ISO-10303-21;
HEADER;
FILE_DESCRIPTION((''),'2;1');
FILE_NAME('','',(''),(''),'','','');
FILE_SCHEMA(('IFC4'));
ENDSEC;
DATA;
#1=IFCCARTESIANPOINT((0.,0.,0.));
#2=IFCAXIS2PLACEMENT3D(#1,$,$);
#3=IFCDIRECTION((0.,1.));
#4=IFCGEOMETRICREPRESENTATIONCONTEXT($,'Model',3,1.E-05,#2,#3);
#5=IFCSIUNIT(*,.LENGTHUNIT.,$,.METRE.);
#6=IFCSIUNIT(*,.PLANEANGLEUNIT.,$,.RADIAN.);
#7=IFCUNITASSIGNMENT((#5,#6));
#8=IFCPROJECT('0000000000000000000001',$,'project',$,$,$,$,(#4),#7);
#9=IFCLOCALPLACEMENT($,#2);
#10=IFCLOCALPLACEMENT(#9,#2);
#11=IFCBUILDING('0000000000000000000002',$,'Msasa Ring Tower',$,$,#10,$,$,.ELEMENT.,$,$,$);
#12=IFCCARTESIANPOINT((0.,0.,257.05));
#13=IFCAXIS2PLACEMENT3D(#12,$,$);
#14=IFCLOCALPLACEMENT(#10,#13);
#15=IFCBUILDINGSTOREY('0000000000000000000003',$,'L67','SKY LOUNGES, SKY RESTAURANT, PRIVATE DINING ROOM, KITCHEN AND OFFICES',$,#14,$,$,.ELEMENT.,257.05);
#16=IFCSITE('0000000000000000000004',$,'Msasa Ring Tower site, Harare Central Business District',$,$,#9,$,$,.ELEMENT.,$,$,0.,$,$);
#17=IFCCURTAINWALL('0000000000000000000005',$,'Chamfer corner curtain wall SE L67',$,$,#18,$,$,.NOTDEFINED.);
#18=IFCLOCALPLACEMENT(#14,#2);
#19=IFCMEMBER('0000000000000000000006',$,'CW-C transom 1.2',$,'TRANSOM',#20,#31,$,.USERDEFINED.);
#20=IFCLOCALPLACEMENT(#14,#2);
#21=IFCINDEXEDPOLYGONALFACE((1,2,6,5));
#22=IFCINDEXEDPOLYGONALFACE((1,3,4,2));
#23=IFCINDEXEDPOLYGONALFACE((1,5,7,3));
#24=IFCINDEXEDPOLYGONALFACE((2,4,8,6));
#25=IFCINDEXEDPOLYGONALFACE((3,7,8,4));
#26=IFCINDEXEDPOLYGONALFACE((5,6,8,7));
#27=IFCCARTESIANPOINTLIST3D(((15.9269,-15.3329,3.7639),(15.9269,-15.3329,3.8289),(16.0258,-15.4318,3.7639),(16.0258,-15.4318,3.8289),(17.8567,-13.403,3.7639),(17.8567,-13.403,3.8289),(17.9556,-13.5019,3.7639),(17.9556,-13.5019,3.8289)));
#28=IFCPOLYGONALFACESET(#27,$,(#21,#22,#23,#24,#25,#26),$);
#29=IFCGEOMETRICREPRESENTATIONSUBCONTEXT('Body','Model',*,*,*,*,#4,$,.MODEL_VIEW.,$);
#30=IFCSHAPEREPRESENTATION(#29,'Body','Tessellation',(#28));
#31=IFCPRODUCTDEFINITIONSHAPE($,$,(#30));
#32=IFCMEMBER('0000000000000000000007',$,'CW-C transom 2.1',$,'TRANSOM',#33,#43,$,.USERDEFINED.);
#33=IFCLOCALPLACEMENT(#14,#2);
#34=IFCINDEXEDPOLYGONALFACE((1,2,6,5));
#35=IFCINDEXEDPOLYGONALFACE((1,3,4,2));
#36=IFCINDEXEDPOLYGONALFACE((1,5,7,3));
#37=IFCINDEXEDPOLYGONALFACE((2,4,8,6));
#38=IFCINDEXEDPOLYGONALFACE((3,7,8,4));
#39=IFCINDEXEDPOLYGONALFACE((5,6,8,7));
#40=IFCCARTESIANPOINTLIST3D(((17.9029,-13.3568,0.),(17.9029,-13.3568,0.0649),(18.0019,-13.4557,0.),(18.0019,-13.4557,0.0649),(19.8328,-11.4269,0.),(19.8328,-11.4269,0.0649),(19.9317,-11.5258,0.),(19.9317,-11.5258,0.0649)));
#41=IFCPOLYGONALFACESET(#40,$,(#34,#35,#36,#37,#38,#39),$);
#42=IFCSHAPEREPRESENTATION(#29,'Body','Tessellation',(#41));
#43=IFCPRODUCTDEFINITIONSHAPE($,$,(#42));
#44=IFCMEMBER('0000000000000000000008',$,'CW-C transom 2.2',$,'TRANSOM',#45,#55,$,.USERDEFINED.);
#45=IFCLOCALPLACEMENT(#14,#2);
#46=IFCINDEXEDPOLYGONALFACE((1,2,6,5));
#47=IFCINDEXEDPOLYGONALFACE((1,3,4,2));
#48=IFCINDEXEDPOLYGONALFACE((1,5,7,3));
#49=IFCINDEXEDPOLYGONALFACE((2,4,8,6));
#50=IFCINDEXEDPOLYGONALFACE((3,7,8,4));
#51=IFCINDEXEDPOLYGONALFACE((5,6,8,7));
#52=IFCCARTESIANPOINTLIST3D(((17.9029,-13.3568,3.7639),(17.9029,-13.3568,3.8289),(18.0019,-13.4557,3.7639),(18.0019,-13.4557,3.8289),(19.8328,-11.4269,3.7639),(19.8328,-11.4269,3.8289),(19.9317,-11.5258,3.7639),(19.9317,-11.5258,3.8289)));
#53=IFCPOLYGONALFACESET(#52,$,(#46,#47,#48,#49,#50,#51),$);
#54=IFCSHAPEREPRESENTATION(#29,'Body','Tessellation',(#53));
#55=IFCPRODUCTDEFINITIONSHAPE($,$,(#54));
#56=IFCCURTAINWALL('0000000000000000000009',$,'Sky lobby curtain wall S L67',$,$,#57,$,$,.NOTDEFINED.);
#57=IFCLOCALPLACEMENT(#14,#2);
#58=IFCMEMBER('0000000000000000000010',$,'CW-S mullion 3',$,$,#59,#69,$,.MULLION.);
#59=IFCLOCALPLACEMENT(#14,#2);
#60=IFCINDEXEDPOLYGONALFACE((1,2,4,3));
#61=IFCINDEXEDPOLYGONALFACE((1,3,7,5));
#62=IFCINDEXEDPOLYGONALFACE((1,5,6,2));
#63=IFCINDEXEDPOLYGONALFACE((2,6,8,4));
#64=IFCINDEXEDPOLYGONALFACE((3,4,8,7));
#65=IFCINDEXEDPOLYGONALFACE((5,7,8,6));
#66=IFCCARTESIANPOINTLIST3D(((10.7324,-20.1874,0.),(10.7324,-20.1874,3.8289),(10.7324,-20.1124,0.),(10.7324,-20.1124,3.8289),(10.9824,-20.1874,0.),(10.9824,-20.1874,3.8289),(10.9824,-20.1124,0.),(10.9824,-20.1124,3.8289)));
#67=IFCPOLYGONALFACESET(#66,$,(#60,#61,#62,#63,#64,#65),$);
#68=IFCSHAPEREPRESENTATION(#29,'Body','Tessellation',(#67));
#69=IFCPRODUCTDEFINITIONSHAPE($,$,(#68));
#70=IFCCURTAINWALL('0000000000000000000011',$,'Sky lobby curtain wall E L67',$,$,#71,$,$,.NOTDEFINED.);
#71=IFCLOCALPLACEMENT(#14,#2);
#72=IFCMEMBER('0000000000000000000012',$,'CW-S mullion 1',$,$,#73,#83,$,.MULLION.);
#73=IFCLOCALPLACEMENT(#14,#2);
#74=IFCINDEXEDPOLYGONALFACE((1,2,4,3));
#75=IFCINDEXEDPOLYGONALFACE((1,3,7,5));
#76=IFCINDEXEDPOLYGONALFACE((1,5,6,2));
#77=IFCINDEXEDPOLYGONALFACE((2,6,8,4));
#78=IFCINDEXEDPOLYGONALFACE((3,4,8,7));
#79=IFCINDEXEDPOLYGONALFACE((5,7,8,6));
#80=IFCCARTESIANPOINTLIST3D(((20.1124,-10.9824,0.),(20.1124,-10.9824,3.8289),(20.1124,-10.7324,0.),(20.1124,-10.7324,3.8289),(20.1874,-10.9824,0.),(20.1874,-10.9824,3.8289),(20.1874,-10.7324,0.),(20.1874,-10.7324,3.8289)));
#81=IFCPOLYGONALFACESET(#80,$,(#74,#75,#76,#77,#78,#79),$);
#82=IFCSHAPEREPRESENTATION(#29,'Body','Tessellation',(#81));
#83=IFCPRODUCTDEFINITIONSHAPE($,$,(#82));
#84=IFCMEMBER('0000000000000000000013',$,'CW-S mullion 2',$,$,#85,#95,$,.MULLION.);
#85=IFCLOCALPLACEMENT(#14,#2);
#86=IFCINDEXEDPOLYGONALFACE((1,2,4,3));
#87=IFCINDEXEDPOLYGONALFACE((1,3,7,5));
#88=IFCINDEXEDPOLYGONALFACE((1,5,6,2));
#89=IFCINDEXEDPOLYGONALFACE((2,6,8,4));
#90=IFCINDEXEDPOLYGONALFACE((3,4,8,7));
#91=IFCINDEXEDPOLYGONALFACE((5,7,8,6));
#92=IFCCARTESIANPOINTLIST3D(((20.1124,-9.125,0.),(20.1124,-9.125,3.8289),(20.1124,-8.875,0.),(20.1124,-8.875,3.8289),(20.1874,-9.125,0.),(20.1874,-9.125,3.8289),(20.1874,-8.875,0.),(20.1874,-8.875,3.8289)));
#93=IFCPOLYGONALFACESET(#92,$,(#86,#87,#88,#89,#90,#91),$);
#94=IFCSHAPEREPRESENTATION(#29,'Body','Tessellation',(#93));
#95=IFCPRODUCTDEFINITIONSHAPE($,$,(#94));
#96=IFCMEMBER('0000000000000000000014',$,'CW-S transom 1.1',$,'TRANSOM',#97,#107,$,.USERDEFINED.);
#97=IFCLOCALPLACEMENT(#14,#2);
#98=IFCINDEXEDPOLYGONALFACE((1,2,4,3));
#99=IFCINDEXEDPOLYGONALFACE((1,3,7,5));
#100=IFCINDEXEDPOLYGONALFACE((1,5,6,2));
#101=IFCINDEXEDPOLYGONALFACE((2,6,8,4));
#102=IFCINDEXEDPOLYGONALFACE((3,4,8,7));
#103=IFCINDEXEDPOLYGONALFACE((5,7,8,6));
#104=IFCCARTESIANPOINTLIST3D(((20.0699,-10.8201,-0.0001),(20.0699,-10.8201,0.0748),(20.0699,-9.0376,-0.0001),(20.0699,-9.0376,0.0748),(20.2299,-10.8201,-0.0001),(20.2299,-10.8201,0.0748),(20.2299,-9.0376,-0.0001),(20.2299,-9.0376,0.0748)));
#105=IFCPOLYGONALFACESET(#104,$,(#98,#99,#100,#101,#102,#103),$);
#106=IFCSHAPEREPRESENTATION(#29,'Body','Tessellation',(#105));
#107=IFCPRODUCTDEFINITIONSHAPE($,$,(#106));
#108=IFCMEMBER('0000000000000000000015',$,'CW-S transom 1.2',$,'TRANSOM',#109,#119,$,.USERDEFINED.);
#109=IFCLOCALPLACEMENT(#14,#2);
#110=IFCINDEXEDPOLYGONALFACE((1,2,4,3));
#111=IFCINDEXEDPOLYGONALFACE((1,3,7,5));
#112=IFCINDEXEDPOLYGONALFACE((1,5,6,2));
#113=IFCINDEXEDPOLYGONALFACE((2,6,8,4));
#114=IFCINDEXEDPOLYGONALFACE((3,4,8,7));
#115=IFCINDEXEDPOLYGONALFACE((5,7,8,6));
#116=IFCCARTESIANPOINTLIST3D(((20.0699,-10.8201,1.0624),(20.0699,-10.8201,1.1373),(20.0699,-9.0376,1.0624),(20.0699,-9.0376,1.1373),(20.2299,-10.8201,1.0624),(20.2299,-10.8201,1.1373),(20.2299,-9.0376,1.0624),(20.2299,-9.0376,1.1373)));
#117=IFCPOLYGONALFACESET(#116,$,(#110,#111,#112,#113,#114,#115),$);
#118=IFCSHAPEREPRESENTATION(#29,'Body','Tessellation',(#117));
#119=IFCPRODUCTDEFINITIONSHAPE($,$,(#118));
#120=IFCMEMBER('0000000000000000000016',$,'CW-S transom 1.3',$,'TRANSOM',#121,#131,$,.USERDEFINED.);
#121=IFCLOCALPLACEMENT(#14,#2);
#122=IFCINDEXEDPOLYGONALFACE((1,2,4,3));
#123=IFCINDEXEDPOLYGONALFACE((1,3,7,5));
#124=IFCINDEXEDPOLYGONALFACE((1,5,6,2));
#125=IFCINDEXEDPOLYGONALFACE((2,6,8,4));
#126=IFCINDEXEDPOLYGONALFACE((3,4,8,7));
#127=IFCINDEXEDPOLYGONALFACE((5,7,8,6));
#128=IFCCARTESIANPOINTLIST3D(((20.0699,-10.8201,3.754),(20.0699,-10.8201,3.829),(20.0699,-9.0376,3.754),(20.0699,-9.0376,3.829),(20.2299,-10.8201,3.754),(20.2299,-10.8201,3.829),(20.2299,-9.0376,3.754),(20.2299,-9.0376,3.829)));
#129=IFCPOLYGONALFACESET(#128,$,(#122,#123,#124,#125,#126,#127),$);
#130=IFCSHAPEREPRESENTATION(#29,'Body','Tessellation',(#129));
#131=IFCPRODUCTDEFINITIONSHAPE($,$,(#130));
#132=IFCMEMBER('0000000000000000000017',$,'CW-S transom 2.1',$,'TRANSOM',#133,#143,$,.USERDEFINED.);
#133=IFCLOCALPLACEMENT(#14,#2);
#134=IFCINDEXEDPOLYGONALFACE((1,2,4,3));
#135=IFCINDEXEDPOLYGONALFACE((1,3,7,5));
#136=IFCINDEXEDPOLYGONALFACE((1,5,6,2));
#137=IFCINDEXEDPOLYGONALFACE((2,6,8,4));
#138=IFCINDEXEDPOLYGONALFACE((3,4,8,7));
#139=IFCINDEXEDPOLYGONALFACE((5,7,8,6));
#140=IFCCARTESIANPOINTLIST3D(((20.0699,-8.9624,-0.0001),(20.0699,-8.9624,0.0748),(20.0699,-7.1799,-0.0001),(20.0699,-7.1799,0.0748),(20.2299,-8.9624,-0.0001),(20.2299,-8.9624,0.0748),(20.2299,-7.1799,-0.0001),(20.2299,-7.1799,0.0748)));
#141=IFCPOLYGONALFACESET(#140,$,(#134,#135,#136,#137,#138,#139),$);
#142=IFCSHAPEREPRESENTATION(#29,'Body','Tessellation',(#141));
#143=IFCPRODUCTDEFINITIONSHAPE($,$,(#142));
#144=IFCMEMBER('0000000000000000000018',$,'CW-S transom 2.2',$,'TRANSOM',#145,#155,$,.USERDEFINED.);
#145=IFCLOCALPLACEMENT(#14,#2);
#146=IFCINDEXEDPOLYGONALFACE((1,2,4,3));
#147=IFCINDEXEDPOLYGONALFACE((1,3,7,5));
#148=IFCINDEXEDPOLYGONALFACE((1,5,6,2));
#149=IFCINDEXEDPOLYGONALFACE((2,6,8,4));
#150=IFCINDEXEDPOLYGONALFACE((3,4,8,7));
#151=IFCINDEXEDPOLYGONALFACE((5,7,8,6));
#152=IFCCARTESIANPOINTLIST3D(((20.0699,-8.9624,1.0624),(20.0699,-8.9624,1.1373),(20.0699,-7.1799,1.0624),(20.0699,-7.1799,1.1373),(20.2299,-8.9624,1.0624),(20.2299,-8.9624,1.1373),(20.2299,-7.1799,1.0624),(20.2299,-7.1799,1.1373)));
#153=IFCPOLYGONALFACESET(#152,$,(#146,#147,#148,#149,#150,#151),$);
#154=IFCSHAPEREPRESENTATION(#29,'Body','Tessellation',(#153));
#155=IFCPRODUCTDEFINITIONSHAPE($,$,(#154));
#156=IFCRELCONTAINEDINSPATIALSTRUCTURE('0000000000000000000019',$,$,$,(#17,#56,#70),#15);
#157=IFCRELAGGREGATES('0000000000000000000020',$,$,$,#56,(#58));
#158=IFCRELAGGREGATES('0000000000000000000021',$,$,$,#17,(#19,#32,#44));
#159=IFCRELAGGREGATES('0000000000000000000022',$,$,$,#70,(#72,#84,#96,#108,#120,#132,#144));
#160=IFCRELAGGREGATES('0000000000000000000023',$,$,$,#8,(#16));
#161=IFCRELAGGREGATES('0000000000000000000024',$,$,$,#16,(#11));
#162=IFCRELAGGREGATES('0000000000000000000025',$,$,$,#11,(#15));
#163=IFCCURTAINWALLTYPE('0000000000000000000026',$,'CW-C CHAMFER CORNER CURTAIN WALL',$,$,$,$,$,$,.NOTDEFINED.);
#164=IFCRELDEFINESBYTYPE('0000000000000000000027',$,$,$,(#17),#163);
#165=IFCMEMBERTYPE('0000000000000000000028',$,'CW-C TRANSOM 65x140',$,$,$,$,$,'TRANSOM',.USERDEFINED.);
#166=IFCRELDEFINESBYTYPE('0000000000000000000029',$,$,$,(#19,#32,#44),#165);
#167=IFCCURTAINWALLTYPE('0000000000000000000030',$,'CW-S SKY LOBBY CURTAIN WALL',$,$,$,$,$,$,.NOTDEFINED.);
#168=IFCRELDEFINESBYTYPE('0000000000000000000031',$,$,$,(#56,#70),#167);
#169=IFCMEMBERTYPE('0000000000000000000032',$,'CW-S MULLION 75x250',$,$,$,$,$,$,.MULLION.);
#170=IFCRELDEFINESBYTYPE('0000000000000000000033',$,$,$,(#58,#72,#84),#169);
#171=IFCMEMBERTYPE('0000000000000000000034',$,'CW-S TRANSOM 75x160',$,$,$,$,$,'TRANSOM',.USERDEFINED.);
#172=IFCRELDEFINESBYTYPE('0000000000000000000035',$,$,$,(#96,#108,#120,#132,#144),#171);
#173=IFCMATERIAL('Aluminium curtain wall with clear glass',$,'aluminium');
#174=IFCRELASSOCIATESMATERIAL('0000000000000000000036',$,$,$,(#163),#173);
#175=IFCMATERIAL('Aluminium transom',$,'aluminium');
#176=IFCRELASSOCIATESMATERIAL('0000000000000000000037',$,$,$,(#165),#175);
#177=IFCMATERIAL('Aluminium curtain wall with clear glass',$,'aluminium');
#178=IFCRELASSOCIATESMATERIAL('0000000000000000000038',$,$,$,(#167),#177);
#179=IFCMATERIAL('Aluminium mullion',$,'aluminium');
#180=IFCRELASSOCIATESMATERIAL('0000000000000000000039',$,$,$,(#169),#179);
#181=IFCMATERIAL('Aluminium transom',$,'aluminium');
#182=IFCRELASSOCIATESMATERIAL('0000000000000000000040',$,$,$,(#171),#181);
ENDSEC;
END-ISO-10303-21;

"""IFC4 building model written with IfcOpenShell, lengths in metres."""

from ifc_helpers import new_model, si_unit, direction, frame, origin, origin_2d, place, context, subcontext, project, spatial, rectangle, extrude, material, material_profile, profile_set, type_object, element, aggregate, save


model = new_model("IFC4")

# Units and contexts
model_context = context("Model", 3, precision=1e-05, world=origin(), true_north=direction((0.0, 1.0)))
body_context = subcontext(model_context, "Body", "Model", "MODEL_VIEW")
ifc_project = project(units=[si_unit("LENGTHUNIT", "METRE"), si_unit("PLANEANGLEUNIT", "RADIAN")], contexts=[model_context])

# Site, building, storey
site_placement = place(None, origin())
site = spatial("IfcSite", under=ifc_project, at=site_placement, Name="Msasa Ring Tower site, Harare Central Business District", CompositionType="ELEMENT", RefElevation=0.0)
building_placement = place(site_placement, origin())
building = spatial("IfcBuilding", under=site, at=building_placement, Name="Msasa Ring Tower", CompositionType="ELEMENT")
storey_placement = place(building_placement, frame((0.0, 0.0, 257.05)))
storey = spatial("IfcBuildingStorey", under=building, at=storey_placement, Name="L67", Description="SKY LOUNGES, SKY RESTAURANT, PRIVATE DINING ROOM, KITCHEN AND OFFICES", CompositionType="ELEMENT", Elevation=257.05)

# Curtain wall
ifc_material_1 = material(Name="Aluminium curtain wall with clear glass", Category="aluminium")
curtain_wall_type_1 = type_object("IfcCurtainWallType", Name="CW-C CHAMFER CORNER CURTAIN WALL", PredefinedType="NOTDEFINED", material=ifc_material_1)
curtain_wall_1_placement = place(storey_placement, origin())
curtain_wall_1 = element("IfcCurtainWall", 1, at=curtain_wall_1_placement, inside=storey, type_object=curtain_wall_type_1, Name="Chamfer corner curtain wall SE L67", PredefinedType="NOTDEFINED")

# Members
ifc_material_2 = material(Name="Aluminium transom", Category="aluminium")
ifc_material_profile_1 = material_profile(ifc_material_2, rectangle(XDim=0.1399, YDim=0.0649, at=origin_2d()), Name="AL 65x140")
ifc_profile_set_1 = profile_set([ifc_material_profile_1], Name="Aluminium transom")
member_type_1 = type_object("IfcMemberType", Name="CW-C TRANSOM 65x140", ElementType="TRANSOM", PredefinedType="USERDEFINED", material=ifc_profile_set_1)
member_1_placement = place(storey_placement, frame((15.9763, -15.3823, 3.7964), z_axis=(0.707107, 0.707107, 0.0), x_axis=(-0.707107, 0.707107, 0.0)))
member_1 = element("IfcMember", 2, at=member_1_placement, type_object=member_type_1, Name="CW-C transom 1.2", ObjectType="TRANSOM", PredefinedType="USERDEFINED", context=body_context, shape_type="SweptSolid", body=[
    extrude(rectangle(XDim=0.1399, YDim=0.0649, at=origin_2d()), origin(), (0.0, 0.0, 1.0), 2.7292),
])
member_2_placement = place(storey_placement, frame((17.9524, -13.4062, 0.0325), z_axis=(0.707107, 0.707107, 0.0), x_axis=(-0.707107, 0.707107, 0.0)))
member_2 = element("IfcMember", 3, at=member_2_placement, type_object=member_type_1, Name="CW-C transom 2.1", ObjectType="TRANSOM", PredefinedType="USERDEFINED", context=body_context, shape_type="SweptSolid", body=[
    extrude(rectangle(XDim=0.1399, YDim=0.0649, at=origin_2d()), origin(), (0.0, 0.0, 1.0), 2.7292),
])
member_3_placement = place(storey_placement, frame((17.9524, -13.4062, 3.7964), z_axis=(0.707107, 0.707107, 0.0), x_axis=(-0.707107, 0.707107, 0.0)))
member_3 = element("IfcMember", 4, at=member_3_placement, type_object=member_type_1, Name="CW-C transom 2.2", ObjectType="TRANSOM", PredefinedType="USERDEFINED", context=body_context, shape_type="SweptSolid", body=[
    extrude(rectangle(XDim=0.1399, YDim=0.0649, at=origin_2d()), origin(), (0.0, 0.0, 1.0), 2.7292),
])

# Curtain wall, member
ifc_material_3 = material(Name="Aluminium curtain wall with clear glass", Category="aluminium")
curtain_wall_type_2 = type_object("IfcCurtainWallType", Name="CW-S SKY LOBBY CURTAIN WALL", PredefinedType="NOTDEFINED", material=ifc_material_3)
curtain_wall_2_placement = place(storey_placement, origin())
curtain_wall_2 = element("IfcCurtainWall", 5, at=curtain_wall_2_placement, inside=storey, type_object=curtain_wall_type_2, Name="Sky lobby curtain wall S L67", PredefinedType="NOTDEFINED")
ifc_material_4 = material(Name="Aluminium mullion", Category="aluminium")
ifc_material_profile_2 = material_profile(ifc_material_4, rectangle(XDim=0.075, YDim=0.25, at=origin_2d()), Name="AL 75x250")
ifc_profile_set_2 = profile_set([ifc_material_profile_2], Name="Aluminium mullion")
member_type_2 = type_object("IfcMemberType", Name="CW-S MULLION 75x250", PredefinedType="MULLION", material=ifc_profile_set_2)
member_4_placement = place(storey_placement, frame((10.8574, -20.1499, 0.0), z_axis=(0.0, 0.0, 1.0), x_axis=(0.0, 1.0, 0.0)))
member_4 = element("IfcMember", 6, at=member_4_placement, type_object=member_type_2, Name="CW-S mullion 3", PredefinedType="MULLION", context=body_context, shape_type="SweptSolid", body=[
    extrude(rectangle(XDim=0.075, YDim=0.25, at=origin_2d()), origin(), (0.0, 0.0, 1.0), 3.8289),
])
aggregate(curtain_wall_2, [member_4])

# Curtain wall, members
curtain_wall_3_placement = place(storey_placement, origin())
curtain_wall_3 = element("IfcCurtainWall", 7, at=curtain_wall_3_placement, inside=storey, type_object=curtain_wall_type_2, Name="Sky lobby curtain wall E L67", PredefinedType="NOTDEFINED")
member_5_placement = place(storey_placement, frame((20.1499, -10.8574, 0.0), z_axis=(0.0, 0.0, 1.0), x_axis=(-1.0, 0.0, 0.0)))
member_5 = element("IfcMember", 8, at=member_5_placement, type_object=member_type_2, Name="CW-S mullion 1", PredefinedType="MULLION", context=body_context, shape_type="SweptSolid", body=[
    extrude(rectangle(XDim=0.075, YDim=0.25, at=origin_2d()), origin(), (0.0, 0.0, 1.0), 3.8289),
])
member_6_placement = place(storey_placement, frame((20.1499, -9.0, 0.0), z_axis=(0.0, 0.0, 1.0), x_axis=(-1.0, 0.0, 0.0)))
member_6 = element("IfcMember", 9, at=member_6_placement, type_object=member_type_2, Name="CW-S mullion 2", PredefinedType="MULLION", context=body_context, shape_type="SweptSolid", body=[
    extrude(rectangle(XDim=0.075, YDim=0.25, at=origin_2d()), origin(), (0.0, 0.0, 1.0), 3.8289),
])
ifc_material_5 = material(Name="Aluminium transom", Category="aluminium")
ifc_material_profile_3 = material_profile(ifc_material_5, rectangle(XDim=0.1599, YDim=0.075, at=origin_2d()), Name="AL 75x160")
ifc_profile_set_3 = profile_set([ifc_material_profile_3], Name="Aluminium transom")
member_type_3 = type_object("IfcMemberType", Name="CW-S TRANSOM 75x160", ElementType="TRANSOM", PredefinedType="USERDEFINED", material=ifc_profile_set_3)
member_7_placement = place(storey_placement, frame((20.1499, -10.8201, 0.0374), z_axis=(0.0, 1.0, 0.0), x_axis=(-1.0, 0.0, 0.0)))
member_7 = element("IfcMember", 10, at=member_7_placement, type_object=member_type_3, Name="CW-S transom 1.1", ObjectType="TRANSOM", PredefinedType="USERDEFINED", context=body_context, shape_type="SweptSolid", body=[
    extrude(rectangle(XDim=0.1599, YDim=0.075, at=origin_2d()), origin(), (0.0, 0.0, 1.0), 1.7825),
])
member_8_placement = place(storey_placement, frame((20.1499, -10.8201, 1.0999), z_axis=(0.0, 1.0, 0.0), x_axis=(-1.0, 0.0, 0.0)))
member_8 = element("IfcMember", 11, at=member_8_placement, type_object=member_type_3, Name="CW-S transom 1.2", ObjectType="TRANSOM", PredefinedType="USERDEFINED", context=body_context, shape_type="SweptSolid", body=[
    extrude(rectangle(XDim=0.1599, YDim=0.075, at=origin_2d()), origin(), (0.0, 0.0, 1.0), 1.7825),
])
member_9_placement = place(storey_placement, frame((20.1499, -10.8201, 3.7915), z_axis=(0.0, 1.0, 0.0), x_axis=(-1.0, 0.0, 0.0)))
member_9 = element("IfcMember", 12, at=member_9_placement, type_object=member_type_3, Name="CW-S transom 1.3", ObjectType="TRANSOM", PredefinedType="USERDEFINED", context=body_context, shape_type="SweptSolid", body=[
    extrude(rectangle(XDim=0.1599, YDim=0.075, at=origin_2d()), origin(), (0.0, 0.0, 1.0), 1.7825),
])
member_10_placement = place(storey_placement, frame((20.1499, -8.9624, 0.0374), z_axis=(0.0, 1.0, 0.0), x_axis=(-1.0, 0.0, 0.0)))
member_10 = element("IfcMember", 13, at=member_10_placement, type_object=member_type_3, Name="CW-S transom 2.1", ObjectType="TRANSOM", PredefinedType="USERDEFINED", context=body_context, shape_type="SweptSolid", body=[
    extrude(rectangle(XDim=0.1599, YDim=0.075, at=origin_2d()), origin(), (0.0, 0.0, 1.0), 1.7825),
])
member_11_placement = place(storey_placement, frame((20.1499, -8.9624, 1.0999), z_axis=(0.0, 1.0, 0.0), x_axis=(-1.0, 0.0, 0.0)))
member_11 = element("IfcMember", 14, at=member_11_placement, type_object=member_type_3, Name="CW-S transom 2.2", ObjectType="TRANSOM", PredefinedType="USERDEFINED", context=body_context, shape_type="SweptSolid", body=[
    extrude(rectangle(XDim=0.1599, YDim=0.075, at=origin_2d()), origin(), (0.0, 0.0, 1.0), 1.7825),
])

aggregate(curtain_wall_1, [member_1, member_2, member_3])
aggregate(curtain_wall_3, [member_5, member_6, member_7, member_8, member_9, member_10, member_11])

save(model, "model.ifc")
